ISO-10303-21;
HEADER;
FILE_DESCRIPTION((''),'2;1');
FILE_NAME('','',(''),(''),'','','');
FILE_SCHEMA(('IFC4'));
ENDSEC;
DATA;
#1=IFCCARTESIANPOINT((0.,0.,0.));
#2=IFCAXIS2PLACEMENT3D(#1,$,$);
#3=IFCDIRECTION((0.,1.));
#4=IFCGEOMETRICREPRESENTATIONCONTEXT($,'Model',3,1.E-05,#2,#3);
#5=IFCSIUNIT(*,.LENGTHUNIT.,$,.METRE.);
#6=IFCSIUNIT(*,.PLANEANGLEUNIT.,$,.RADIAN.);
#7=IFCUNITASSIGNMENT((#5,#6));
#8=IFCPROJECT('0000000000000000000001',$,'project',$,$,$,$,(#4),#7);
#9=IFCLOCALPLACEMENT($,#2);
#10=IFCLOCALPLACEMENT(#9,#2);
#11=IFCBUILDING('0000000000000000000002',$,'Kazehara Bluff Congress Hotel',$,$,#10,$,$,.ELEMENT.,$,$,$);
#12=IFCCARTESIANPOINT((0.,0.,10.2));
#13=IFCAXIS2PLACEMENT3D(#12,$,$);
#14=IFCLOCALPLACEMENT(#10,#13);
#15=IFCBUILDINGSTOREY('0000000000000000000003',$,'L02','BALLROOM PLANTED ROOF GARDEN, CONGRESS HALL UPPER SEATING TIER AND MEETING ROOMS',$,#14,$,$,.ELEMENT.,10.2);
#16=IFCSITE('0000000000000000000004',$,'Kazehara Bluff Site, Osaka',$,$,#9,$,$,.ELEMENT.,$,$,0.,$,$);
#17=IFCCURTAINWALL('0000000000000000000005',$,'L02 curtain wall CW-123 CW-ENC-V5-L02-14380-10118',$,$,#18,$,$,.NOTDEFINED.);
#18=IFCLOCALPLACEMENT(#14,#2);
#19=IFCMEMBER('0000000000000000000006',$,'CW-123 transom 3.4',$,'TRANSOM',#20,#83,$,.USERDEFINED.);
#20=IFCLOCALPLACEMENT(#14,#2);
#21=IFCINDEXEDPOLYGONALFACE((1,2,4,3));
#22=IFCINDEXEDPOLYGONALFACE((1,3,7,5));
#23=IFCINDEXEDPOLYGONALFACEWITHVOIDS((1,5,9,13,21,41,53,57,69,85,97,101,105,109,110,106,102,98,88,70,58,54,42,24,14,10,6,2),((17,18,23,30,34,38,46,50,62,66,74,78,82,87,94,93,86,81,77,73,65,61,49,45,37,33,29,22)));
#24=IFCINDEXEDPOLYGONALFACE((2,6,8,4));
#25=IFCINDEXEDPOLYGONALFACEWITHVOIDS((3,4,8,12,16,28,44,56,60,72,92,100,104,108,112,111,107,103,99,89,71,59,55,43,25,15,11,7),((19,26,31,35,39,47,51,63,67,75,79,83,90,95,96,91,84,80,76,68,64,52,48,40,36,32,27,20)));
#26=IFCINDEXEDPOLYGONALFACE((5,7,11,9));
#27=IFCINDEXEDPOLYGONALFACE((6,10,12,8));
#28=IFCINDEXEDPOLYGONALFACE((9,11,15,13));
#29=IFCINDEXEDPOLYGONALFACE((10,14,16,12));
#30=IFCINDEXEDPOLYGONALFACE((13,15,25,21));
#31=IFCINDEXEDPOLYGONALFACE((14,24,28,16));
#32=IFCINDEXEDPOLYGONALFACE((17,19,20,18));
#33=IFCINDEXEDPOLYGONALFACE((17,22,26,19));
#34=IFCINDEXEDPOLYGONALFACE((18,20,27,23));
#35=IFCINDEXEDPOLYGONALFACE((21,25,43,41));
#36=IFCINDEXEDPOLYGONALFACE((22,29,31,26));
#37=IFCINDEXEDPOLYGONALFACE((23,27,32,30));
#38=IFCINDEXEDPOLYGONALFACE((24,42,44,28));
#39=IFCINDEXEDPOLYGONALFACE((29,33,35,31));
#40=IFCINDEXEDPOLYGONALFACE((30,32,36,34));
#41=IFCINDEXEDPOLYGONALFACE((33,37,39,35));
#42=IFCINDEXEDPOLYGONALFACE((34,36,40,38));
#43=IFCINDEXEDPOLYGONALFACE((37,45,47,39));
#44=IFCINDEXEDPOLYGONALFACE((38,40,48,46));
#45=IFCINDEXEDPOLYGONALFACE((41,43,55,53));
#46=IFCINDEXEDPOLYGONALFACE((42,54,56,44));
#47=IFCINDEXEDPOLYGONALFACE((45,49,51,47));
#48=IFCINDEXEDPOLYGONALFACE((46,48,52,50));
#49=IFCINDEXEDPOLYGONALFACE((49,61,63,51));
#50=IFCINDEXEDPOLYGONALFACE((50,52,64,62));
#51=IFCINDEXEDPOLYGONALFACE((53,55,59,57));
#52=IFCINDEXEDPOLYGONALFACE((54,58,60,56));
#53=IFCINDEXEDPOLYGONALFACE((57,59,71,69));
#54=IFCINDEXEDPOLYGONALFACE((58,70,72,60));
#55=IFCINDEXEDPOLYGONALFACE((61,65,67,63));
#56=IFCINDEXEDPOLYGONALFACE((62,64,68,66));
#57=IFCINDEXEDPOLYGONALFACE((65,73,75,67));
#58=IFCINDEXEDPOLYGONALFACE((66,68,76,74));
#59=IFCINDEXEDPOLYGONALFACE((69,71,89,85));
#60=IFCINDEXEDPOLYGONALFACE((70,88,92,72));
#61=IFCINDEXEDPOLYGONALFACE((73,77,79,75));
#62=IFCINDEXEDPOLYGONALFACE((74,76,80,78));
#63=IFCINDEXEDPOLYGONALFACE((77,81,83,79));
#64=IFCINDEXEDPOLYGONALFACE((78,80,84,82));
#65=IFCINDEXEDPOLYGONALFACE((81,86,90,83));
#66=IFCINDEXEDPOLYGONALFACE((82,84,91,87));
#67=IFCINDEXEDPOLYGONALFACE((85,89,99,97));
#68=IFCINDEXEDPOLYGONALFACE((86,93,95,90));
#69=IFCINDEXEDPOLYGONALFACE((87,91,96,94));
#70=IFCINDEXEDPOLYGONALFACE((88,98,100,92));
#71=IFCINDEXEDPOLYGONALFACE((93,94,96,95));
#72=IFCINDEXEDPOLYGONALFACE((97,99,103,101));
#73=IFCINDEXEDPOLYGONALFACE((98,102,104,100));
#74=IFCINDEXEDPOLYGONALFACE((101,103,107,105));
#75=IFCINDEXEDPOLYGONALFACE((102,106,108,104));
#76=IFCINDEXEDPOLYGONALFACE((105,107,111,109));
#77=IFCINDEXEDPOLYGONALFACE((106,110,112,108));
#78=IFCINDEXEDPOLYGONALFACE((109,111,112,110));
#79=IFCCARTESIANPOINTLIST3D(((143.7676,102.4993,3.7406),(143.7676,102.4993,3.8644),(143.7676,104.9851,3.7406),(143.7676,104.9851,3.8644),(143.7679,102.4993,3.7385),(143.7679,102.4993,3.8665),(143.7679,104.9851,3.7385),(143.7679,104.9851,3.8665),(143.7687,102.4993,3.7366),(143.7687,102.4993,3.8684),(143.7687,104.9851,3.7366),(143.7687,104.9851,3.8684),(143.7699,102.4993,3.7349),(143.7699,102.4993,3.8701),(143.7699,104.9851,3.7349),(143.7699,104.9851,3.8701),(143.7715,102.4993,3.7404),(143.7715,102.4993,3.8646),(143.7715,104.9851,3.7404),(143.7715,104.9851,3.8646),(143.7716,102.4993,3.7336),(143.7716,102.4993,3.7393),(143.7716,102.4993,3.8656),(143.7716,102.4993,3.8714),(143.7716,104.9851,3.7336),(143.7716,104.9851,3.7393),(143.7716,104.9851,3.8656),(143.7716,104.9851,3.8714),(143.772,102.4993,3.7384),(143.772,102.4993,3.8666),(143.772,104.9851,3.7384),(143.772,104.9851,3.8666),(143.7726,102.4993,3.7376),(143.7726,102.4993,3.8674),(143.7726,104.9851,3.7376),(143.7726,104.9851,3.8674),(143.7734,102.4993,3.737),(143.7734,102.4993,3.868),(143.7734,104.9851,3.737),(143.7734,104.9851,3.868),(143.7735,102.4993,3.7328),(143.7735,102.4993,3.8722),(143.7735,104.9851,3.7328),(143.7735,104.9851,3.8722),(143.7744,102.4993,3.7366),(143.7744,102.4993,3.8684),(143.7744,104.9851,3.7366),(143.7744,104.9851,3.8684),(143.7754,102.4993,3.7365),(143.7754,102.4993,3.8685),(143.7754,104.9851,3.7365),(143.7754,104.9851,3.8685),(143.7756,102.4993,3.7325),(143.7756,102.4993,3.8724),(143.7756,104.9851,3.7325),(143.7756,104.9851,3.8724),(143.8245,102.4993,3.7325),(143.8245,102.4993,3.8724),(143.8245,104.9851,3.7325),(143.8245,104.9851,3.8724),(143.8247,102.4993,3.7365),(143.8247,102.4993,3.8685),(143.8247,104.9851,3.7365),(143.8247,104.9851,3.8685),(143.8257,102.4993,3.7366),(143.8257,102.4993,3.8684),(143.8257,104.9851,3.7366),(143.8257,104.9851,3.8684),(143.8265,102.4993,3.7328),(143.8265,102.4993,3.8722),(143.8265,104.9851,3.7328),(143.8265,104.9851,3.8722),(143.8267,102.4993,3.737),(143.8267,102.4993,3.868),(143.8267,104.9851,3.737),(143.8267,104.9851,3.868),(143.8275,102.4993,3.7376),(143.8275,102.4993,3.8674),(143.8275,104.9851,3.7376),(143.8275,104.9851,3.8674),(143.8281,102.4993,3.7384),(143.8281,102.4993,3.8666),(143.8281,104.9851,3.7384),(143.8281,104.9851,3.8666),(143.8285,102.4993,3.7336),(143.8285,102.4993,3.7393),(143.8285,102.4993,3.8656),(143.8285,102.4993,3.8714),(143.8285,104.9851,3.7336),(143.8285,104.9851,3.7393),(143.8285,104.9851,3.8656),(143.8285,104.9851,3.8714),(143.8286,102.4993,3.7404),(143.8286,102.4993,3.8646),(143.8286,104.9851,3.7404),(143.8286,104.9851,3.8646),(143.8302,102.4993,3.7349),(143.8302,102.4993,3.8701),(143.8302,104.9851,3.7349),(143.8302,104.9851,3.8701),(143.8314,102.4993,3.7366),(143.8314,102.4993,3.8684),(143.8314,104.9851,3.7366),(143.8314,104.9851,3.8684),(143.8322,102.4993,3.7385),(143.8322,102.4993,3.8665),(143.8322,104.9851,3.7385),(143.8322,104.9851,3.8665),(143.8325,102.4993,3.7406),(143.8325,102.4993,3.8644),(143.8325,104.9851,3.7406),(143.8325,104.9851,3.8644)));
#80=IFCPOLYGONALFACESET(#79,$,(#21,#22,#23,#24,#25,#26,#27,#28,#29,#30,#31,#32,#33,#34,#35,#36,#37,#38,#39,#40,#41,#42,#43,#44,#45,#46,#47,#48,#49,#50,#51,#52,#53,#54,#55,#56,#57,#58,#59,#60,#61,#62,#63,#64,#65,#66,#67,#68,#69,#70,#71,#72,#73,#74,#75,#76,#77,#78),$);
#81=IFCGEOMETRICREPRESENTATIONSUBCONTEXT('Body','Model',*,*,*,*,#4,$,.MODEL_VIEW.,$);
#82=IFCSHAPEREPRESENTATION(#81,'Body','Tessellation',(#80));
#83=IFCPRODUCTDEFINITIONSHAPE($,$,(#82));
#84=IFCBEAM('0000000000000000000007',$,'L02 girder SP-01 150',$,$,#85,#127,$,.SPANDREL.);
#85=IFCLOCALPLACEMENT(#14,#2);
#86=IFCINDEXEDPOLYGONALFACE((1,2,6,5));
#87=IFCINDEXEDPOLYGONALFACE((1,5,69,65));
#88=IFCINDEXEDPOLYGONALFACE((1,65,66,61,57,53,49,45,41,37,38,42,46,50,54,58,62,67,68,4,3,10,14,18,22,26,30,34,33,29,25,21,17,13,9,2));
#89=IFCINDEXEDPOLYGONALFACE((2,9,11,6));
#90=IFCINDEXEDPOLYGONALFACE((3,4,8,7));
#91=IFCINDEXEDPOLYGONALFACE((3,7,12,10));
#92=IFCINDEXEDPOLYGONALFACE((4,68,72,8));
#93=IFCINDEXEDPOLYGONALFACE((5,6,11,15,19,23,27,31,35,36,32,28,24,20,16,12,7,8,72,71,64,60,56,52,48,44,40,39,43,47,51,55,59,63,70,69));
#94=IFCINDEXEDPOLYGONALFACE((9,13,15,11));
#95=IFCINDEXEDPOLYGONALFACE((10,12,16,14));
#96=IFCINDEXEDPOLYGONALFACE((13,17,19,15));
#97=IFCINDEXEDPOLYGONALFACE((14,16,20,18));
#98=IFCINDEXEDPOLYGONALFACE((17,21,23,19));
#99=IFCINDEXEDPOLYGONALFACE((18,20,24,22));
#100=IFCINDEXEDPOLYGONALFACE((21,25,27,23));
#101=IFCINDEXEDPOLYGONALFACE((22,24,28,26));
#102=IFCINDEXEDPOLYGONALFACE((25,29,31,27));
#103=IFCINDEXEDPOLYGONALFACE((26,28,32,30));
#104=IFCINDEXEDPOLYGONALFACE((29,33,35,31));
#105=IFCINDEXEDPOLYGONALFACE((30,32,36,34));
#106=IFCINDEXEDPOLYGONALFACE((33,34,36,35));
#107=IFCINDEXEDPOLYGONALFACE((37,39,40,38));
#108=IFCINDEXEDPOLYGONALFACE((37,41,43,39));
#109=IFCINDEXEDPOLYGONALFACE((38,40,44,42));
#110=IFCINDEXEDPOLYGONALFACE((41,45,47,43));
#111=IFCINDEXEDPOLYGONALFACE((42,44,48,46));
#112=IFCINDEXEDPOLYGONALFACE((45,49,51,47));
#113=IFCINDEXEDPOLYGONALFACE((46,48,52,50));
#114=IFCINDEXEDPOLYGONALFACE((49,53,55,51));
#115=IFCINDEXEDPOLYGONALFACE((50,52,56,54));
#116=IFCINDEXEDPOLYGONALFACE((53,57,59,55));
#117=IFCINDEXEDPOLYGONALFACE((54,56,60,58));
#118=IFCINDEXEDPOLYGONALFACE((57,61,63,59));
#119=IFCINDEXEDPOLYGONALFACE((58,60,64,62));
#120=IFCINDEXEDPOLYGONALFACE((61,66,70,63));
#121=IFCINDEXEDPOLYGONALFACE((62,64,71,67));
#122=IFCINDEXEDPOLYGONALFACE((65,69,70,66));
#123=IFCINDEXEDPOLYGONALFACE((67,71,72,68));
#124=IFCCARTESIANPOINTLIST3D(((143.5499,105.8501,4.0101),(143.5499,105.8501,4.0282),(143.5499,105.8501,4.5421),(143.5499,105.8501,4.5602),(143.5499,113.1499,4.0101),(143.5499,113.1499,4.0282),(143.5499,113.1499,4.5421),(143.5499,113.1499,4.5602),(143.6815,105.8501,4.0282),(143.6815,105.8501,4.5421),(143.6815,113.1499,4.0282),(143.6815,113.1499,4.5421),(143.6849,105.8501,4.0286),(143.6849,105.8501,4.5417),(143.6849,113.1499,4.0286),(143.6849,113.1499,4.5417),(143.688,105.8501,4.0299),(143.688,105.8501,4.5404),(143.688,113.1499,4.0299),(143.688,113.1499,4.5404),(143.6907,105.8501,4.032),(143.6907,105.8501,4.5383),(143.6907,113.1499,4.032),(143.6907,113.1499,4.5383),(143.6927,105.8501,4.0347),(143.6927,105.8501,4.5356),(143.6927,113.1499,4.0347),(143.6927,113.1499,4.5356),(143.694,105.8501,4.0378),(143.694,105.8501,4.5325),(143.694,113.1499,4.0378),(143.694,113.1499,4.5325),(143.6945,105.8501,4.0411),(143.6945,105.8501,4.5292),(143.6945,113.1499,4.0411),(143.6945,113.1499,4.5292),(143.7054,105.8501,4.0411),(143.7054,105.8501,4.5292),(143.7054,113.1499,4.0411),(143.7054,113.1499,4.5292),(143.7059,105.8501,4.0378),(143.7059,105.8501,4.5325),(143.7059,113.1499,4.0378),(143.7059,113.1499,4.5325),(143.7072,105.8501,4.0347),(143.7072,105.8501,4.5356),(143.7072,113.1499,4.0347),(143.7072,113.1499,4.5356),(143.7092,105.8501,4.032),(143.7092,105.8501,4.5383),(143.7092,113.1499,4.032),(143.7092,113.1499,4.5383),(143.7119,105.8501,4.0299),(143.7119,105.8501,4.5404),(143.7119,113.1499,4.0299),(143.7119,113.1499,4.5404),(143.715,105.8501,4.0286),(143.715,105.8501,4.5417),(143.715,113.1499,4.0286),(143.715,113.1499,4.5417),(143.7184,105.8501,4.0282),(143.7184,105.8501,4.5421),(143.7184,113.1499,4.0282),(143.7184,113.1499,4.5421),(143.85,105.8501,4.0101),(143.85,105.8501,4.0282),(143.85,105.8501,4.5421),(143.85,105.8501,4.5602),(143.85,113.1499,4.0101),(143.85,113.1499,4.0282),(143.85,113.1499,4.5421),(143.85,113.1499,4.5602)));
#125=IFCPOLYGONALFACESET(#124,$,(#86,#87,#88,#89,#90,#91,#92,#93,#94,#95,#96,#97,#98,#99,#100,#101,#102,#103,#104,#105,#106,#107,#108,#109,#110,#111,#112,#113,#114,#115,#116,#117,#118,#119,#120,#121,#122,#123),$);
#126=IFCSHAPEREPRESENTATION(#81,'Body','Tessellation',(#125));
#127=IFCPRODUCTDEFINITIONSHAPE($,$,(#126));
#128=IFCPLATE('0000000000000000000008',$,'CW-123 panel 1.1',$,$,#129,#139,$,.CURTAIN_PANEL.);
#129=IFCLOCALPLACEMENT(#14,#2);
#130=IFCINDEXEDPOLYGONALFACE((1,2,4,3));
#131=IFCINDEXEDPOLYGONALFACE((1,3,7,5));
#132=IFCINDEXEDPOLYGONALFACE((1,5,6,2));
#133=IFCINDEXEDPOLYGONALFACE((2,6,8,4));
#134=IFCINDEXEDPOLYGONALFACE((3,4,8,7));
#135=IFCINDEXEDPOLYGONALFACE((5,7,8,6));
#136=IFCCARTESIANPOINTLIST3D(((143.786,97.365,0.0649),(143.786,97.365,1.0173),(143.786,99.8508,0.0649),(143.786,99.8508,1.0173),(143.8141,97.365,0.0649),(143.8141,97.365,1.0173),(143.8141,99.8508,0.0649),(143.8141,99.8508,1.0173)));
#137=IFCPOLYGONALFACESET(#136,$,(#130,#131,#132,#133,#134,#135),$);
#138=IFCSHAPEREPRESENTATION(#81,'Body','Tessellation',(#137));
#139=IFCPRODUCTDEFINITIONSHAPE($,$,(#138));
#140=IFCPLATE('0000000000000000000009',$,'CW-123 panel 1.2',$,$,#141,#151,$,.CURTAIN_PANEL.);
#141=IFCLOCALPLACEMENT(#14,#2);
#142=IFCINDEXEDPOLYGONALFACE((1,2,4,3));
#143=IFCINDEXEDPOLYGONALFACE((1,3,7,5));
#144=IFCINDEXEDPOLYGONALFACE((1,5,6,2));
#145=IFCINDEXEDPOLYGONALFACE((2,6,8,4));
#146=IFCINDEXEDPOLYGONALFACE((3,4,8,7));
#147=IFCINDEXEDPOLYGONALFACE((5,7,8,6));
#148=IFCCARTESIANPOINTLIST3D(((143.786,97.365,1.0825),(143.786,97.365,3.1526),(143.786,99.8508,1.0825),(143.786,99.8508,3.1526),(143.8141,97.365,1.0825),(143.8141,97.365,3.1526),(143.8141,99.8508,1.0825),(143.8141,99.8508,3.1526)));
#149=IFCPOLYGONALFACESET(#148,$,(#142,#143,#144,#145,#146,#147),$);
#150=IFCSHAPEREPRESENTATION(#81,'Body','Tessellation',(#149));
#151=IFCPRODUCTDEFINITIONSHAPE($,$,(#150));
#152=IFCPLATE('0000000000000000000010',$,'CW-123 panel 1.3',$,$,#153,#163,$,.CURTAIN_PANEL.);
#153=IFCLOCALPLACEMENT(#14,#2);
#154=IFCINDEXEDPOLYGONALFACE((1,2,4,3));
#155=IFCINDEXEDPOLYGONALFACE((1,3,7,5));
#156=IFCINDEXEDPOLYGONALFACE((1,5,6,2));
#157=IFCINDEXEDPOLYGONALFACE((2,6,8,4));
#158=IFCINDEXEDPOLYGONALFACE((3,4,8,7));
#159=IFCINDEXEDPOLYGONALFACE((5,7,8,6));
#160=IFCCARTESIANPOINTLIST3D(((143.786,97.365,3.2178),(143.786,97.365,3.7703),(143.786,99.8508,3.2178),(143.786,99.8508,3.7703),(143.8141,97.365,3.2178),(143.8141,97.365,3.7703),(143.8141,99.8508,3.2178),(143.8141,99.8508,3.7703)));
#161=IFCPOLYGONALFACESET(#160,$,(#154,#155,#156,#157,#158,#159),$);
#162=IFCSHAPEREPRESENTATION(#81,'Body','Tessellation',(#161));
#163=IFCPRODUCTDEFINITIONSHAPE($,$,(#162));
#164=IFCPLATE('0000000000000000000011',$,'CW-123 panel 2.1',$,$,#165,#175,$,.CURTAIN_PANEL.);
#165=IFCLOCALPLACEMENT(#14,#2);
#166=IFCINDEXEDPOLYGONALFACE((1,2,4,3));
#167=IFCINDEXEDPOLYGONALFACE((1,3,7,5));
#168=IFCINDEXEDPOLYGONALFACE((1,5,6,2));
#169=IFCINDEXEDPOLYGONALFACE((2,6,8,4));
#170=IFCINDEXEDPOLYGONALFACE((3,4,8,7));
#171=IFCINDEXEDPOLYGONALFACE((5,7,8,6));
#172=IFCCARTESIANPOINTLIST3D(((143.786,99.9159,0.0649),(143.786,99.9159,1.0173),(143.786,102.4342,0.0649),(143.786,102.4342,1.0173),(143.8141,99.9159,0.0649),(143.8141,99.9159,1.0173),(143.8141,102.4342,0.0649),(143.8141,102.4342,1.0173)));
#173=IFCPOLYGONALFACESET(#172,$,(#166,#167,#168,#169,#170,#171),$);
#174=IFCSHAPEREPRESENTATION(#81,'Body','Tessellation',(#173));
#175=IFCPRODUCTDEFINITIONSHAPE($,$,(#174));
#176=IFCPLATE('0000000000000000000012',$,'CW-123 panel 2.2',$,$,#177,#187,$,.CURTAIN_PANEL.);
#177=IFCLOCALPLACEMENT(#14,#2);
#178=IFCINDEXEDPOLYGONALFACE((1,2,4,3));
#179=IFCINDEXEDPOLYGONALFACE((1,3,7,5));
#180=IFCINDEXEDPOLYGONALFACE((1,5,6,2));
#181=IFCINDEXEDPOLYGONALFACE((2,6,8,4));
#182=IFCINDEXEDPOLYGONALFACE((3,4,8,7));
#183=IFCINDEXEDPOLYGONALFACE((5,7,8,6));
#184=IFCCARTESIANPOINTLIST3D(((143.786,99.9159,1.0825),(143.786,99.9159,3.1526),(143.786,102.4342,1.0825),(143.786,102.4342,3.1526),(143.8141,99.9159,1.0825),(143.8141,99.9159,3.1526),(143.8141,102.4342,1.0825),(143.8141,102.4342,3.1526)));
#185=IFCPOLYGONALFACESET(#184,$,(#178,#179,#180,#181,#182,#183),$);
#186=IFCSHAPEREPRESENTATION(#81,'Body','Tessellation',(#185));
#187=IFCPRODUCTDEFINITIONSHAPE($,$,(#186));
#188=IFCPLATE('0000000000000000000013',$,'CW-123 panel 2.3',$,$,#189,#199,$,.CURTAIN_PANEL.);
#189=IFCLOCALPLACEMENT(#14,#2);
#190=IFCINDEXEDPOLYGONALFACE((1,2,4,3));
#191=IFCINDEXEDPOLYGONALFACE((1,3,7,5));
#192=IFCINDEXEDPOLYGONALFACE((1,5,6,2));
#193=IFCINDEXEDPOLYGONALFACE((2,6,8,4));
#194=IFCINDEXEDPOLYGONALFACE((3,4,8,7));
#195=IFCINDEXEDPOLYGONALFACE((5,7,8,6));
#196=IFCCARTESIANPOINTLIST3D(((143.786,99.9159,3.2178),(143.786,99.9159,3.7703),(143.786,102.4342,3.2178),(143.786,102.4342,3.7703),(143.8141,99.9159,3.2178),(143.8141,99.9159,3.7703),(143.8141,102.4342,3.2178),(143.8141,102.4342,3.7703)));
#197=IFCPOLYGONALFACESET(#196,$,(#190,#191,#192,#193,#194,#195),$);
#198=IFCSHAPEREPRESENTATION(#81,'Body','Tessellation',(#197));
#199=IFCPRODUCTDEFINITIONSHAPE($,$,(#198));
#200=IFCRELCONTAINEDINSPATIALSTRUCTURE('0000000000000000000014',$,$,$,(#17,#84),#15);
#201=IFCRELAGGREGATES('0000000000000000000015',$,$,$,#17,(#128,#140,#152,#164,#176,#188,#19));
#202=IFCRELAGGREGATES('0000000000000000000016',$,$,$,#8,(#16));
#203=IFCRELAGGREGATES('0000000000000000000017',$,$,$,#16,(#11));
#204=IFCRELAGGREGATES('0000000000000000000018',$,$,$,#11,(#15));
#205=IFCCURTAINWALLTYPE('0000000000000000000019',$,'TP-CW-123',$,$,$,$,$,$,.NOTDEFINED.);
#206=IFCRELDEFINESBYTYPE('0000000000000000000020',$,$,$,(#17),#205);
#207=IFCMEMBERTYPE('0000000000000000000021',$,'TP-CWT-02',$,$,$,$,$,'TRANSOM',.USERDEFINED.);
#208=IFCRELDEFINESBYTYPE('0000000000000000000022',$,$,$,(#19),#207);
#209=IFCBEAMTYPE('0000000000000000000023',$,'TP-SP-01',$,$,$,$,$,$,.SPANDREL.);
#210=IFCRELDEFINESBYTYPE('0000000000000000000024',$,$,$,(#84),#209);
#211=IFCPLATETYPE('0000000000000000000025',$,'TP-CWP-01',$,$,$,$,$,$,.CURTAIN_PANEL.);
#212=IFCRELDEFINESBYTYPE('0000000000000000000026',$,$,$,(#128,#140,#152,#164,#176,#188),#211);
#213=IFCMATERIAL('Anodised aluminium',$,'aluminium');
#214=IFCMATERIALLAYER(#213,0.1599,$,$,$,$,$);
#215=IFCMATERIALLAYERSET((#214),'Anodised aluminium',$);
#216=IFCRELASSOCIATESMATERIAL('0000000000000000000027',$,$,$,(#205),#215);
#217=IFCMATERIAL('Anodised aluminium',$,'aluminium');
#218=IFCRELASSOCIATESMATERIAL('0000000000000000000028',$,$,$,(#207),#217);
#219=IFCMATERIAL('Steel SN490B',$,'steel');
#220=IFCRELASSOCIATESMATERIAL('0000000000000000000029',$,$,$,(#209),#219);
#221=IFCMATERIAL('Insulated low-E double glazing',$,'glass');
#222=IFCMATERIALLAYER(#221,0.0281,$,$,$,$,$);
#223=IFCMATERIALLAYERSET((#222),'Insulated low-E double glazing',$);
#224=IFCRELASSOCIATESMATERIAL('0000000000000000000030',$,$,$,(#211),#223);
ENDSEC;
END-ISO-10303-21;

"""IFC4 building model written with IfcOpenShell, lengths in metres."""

from ifc_helpers import new_model, si_unit, direction, frame, origin, origin_2d, place, context, subcontext, project, spatial, rectangle, hollow_rectangle, i_section, extrude, material, layer, layer_set, material_profile, profile_set, type_object, element, aggregate, save


model = new_model("IFC4")

# Units and contexts
model_context = context("Model", 3, precision=1e-05, world=origin(), true_north=direction((0.0, 1.0)))
body_context = subcontext(model_context, "Body", "Model", "MODEL_VIEW")
ifc_project = project(units=[si_unit("LENGTHUNIT", "METRE"), si_unit("PLANEANGLEUNIT", "RADIAN")], contexts=[model_context])

# Site, building, storey
site_placement = place(None, origin())
site = spatial("IfcSite", under=ifc_project, at=site_placement, Name="Kazehara Bluff Site, Osaka", CompositionType="ELEMENT", RefElevation=0.0)
building_placement = place(site_placement, origin())
building = spatial("IfcBuilding", under=site, at=building_placement, Name="Kazehara Bluff Congress Hotel", CompositionType="ELEMENT")
storey_placement = place(building_placement, frame((0.0, 0.0, 10.2)))
storey = spatial("IfcBuildingStorey", under=building, at=storey_placement, Name="L02", Description="BALLROOM PLANTED ROOF GARDEN, CONGRESS HALL UPPER SEATING TIER AND MEETING ROOMS", CompositionType="ELEMENT", Elevation=10.2)

# Curtain wall
ifc_material_1 = material(Name="Anodised aluminium", Category="aluminium")
ifc_layer_1 = layer(ifc_material_1, 0.1599)
ifc_layer_set_1 = layer_set([ifc_layer_1], Name="Anodised aluminium")
curtain_wall_type_1 = type_object("IfcCurtainWallType", Name="TP-CW-123", PredefinedType="NOTDEFINED", material=ifc_layer_set_1)
curtain_wall_1_placement = place(storey_placement, origin())
curtain_wall_1 = element("IfcCurtainWall", 1, at=curtain_wall_1_placement, inside=storey, type_object=curtain_wall_type_1, Name="L02 curtain wall CW-123 CW-ENC-V5-L02-14380-10118", PredefinedType="NOTDEFINED")

# Member
ifc_material_2 = material(Name="Anodised aluminium", Category="aluminium")
ifc_material_profile_1 = material_profile(ifc_material_2, hollow_rectangle(XDim=0.0649, YDim=0.1399, WallThickness=0.0039, InnerFilletRadius=0.0039, OuterFilletRadius=0.0081, at=origin_2d()))
ifc_profile_set_1 = profile_set([ifc_material_profile_1], Name="Anodised aluminium")
member_type_1 = type_object("IfcMemberType", Name="TP-CWT-02", ElementType="TRANSOM", PredefinedType="USERDEFINED", material=ifc_profile_set_1)
member_1_placement = place(storey_placement, frame((143.8, 102.4993, 3.8025), z_axis=(0.0, 1.0, 0.0), x_axis=(-1.0, 0.0, 0.0)))
member_1 = element("IfcMember", 2, at=member_1_placement, type_object=member_type_1, Name="CW-123 transom 3.4", ObjectType="TRANSOM", PredefinedType="USERDEFINED", context=body_context, shape_type="SweptSolid", body=[
    extrude(hollow_rectangle(XDim=0.0649, YDim=0.1399, WallThickness=0.0039, InnerFilletRadius=0.0039, OuterFilletRadius=0.0081, at=origin_2d()), origin(), (0.0, 0.0, 1.0), 2.4858),
])

# Beam
ifc_material_3 = material(Name="Steel SN490B", Category="steel")
ifc_material_profile_2 = material_profile(ifc_material_3, i_section(OverallWidth=0.3, OverallDepth=0.55, WebThickness=0.011, FlangeThickness=0.0181, FilletRadius=0.0129, at=origin_2d()))
ifc_profile_set_2 = profile_set([ifc_material_profile_2], Name="Steel SN490B")
beam_type = type_object("IfcBeamType", Name="TP-SP-01", PredefinedType="SPANDREL", material=ifc_profile_set_2)
beam_placement = place(storey_placement, frame((143.7, 105.8501, 4.2852), z_axis=(0.0, 1.0, 0.0), x_axis=(-1.0, 0.0, 0.0)))
element("IfcBeam", 3, at=beam_placement, inside=storey, type_object=beam_type, Name="L02 girder SP-01 150", PredefinedType="SPANDREL", context=body_context, shape_type="SweptSolid", body=[
    extrude(i_section(OverallWidth=0.3, OverallDepth=0.55, WebThickness=0.011, FlangeThickness=0.0181, FilletRadius=0.0129, at=origin_2d()), origin(), (0.0, 0.0, 1.0), 7.2998),
])

# Plates
ifc_material_4 = material(Name="Insulated low-E double glazing", Category="glass")
ifc_layer_2 = layer(ifc_material_4, 0.0281)
ifc_layer_set_2 = layer_set([ifc_layer_2], Name="Insulated low-E double glazing")
plate_type = type_object("IfcPlateType", Name="TP-CWP-01", PredefinedType="CURTAIN_PANEL", material=ifc_layer_set_2)
plate_1_placement = place(storey_placement, frame((143.8, 98.6079, 0.0649), z_axis=(0.0, 0.0, 1.0), x_axis=(0.0, 1.0, 0.0)))
plate_1 = element("IfcPlate", 4, at=plate_1_placement, type_object=plate_type, Name="CW-123 panel 1.1", PredefinedType="CURTAIN_PANEL", context=body_context, shape_type="SweptSolid", body=[
    extrude(rectangle(XDim=2.4858, YDim=0.0281, at=origin_2d()), origin(), (0.0, 0.0, 1.0), 0.9524),
])
plate_2_placement = place(storey_placement, frame((143.8, 98.6079, 1.0825), z_axis=(0.0, 0.0, 1.0), x_axis=(0.0, 1.0, 0.0)))
plate_2 = element("IfcPlate", 5, at=plate_2_placement, type_object=plate_type, Name="CW-123 panel 1.2", PredefinedType="CURTAIN_PANEL", context=body_context, shape_type="SweptSolid", body=[
    extrude(rectangle(XDim=2.4858, YDim=0.0281, at=origin_2d()), origin(), (0.0, 0.0, 1.0), 2.0701),
])
plate_3_placement = place(storey_placement, frame((143.8, 98.6079, 3.2178), z_axis=(0.0, 0.0, 1.0), x_axis=(0.0, 1.0, 0.0)))
plate_3 = element("IfcPlate", 6, at=plate_3_placement, type_object=plate_type, Name="CW-123 panel 1.3", PredefinedType="CURTAIN_PANEL", context=body_context, shape_type="SweptSolid", body=[
    extrude(rectangle(XDim=2.4858, YDim=0.0281, at=origin_2d()), origin(), (0.0, 0.0, 1.0), 0.5525),
])
plate_4_placement = place(storey_placement, frame((143.8, 101.175, 0.0649), z_axis=(0.0, 0.0, 1.0), x_axis=(0.0, 1.0, 0.0)))
plate_4 = element("IfcPlate", 7, at=plate_4_placement, type_object=plate_type, Name="CW-123 panel 2.1", PredefinedType="CURTAIN_PANEL", context=body_context, shape_type="SweptSolid", body=[
    extrude(rectangle(XDim=2.5183, YDim=0.0281, at=origin_2d()), origin(), (0.0, 0.0, 1.0), 0.9524),
])
plate_5_placement = place(storey_placement, frame((143.8, 101.175, 1.0825), z_axis=(0.0, 0.0, 1.0), x_axis=(0.0, 1.0, 0.0)))
plate_5 = element("IfcPlate", 8, at=plate_5_placement, type_object=plate_type, Name="CW-123 panel 2.2", PredefinedType="CURTAIN_PANEL", context=body_context, shape_type="SweptSolid", body=[
    extrude(rectangle(XDim=2.5183, YDim=0.0281, at=origin_2d()), origin(), (0.0, 0.0, 1.0), 2.0701),
])
plate_6_placement = place(storey_placement, frame((143.8, 101.175, 3.2178), z_axis=(0.0, 0.0, 1.0), x_axis=(0.0, 1.0, 0.0)))
plate_6 = element("IfcPlate", 9, at=plate_6_placement, type_object=plate_type, Name="CW-123 panel 2.3", PredefinedType="CURTAIN_PANEL", context=body_context, shape_type="SweptSolid", body=[
    extrude(rectangle(XDim=2.5183, YDim=0.0281, at=origin_2d()), origin(), (0.0, 0.0, 1.0), 0.5525),
])
aggregate(curtain_wall_1, [plate_1, plate_2, plate_3, plate_4, plate_5, plate_6, member_1])

save(model, "model.ifc")
